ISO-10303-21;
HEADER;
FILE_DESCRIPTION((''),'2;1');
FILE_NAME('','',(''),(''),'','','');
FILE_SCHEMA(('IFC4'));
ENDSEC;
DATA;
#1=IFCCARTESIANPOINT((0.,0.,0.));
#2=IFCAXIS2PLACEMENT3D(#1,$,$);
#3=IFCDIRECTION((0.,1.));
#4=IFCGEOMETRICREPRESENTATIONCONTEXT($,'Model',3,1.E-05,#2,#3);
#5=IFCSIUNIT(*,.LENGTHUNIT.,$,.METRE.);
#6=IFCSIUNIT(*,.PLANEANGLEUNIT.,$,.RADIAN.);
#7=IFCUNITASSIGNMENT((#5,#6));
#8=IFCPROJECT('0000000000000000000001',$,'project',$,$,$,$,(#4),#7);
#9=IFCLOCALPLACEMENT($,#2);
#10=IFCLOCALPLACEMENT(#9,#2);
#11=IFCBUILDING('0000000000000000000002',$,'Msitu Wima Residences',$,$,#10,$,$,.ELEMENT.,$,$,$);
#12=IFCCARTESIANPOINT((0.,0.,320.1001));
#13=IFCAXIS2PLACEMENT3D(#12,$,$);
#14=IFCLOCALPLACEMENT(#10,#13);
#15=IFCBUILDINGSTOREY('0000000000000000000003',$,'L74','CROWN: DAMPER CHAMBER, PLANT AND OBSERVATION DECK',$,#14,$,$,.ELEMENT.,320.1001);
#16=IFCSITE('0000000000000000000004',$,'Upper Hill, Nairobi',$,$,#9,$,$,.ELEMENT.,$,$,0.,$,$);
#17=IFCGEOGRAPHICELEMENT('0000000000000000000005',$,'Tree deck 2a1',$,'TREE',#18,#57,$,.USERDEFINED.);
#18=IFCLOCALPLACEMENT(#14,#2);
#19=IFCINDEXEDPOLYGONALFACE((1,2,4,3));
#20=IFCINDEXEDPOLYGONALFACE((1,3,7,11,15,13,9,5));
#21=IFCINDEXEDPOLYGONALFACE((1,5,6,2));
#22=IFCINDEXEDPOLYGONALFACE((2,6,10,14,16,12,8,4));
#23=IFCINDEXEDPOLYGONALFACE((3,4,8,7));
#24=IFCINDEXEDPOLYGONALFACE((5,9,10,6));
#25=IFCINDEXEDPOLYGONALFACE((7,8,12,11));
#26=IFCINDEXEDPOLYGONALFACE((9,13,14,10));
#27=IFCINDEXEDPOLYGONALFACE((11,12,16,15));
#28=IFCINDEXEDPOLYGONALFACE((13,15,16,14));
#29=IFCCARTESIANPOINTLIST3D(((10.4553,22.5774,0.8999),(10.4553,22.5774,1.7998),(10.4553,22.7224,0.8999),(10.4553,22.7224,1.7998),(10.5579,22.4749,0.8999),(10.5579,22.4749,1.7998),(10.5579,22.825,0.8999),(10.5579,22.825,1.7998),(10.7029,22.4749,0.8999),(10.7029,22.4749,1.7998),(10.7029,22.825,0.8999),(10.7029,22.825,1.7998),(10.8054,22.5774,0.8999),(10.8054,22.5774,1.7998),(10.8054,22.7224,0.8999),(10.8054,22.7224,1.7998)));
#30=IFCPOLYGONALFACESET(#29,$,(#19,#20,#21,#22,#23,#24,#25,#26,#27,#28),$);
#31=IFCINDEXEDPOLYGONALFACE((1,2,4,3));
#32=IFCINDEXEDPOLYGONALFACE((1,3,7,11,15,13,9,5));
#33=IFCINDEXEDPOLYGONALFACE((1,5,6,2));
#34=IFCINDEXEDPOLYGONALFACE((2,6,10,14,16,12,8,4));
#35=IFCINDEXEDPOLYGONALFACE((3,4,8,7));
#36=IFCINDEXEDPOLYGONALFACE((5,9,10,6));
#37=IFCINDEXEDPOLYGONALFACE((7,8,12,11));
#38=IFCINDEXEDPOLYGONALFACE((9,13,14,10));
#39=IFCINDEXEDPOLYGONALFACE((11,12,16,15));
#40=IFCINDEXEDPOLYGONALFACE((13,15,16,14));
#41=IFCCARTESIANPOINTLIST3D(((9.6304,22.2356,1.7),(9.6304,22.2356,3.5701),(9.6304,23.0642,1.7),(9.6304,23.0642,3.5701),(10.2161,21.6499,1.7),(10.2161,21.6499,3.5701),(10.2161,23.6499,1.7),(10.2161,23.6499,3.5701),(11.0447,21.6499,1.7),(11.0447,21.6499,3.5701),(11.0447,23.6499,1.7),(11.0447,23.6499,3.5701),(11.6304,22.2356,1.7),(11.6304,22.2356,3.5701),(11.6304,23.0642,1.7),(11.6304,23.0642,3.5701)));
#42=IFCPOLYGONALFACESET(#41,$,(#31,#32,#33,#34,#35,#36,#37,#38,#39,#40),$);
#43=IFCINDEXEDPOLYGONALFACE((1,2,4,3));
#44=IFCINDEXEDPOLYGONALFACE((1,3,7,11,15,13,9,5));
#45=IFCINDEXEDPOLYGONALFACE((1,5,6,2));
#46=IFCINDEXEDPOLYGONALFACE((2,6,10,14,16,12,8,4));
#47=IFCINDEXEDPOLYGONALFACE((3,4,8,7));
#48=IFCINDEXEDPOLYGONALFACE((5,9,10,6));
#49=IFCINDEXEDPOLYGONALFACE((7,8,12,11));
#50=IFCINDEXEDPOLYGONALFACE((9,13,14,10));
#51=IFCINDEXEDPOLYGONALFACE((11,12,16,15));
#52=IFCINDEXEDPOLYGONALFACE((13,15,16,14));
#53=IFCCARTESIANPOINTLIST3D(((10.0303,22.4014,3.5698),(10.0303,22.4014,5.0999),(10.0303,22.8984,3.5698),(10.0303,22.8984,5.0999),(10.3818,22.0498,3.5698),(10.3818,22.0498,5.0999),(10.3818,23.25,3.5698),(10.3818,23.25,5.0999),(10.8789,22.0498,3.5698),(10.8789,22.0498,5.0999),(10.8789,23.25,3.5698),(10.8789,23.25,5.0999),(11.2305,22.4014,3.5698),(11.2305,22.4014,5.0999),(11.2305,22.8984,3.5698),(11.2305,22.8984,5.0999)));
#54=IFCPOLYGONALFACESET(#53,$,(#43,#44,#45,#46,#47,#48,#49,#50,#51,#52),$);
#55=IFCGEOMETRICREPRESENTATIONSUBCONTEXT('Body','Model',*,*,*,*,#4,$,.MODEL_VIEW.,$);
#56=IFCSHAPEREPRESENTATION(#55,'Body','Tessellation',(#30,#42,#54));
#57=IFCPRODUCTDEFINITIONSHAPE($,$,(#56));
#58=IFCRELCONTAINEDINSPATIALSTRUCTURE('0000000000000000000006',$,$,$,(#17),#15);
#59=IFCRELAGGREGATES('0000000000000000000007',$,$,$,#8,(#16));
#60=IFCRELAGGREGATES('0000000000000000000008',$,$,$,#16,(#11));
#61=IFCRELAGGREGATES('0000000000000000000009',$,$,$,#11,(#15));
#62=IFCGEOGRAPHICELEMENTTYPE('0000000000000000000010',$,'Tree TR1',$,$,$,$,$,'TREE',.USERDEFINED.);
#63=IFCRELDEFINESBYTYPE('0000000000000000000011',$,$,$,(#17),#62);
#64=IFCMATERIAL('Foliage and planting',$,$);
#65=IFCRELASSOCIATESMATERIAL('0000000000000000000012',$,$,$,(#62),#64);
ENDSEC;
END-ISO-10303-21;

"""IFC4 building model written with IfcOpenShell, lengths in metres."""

from ifc_helpers import new_model, si_unit, direction, frame, origin, place, context, subcontext, project, spatial, polyline, outline, extrude, material, type_object, element, save


model = new_model("IFC4")

# Units and contexts
model_context = context("Model", 3, precision=1e-05, world=origin(), true_north=direction((0.0, 1.0)))
body_context = subcontext(model_context, "Body", "Model", "MODEL_VIEW")
ifc_project = project(units=[si_unit("LENGTHUNIT", "METRE"), si_unit("PLANEANGLEUNIT", "RADIAN")], contexts=[model_context])

# Site, building, storey
site_placement = place(None, origin())
site = spatial("IfcSite", under=ifc_project, at=site_placement, Name="Upper Hill, Nairobi", CompositionType="ELEMENT", RefElevation=0.0)
building_placement = place(site_placement, origin())
building = spatial("IfcBuilding", under=site, at=building_placement, Name="Msitu Wima Residences", CompositionType="ELEMENT")
storey_placement = place(building_placement, frame((0.0, 0.0, 320.1001)))
storey = spatial("IfcBuildingStorey", under=building, at=storey_placement, Name="L74", Description="CROWN: DAMPER CHAMBER, PLANT AND OBSERVATION DECK", CompositionType="ELEMENT", Elevation=320.1001)

# Geographic element
ifc_material_1 = material(Name="Foliage and planting")
geographic_element_type = type_object("IfcGeographicElementType", Name="Tree TR1", ElementType="TREE", PredefinedType="USERDEFINED", material=ifc_material_1)
geographic_element_placement = place(storey_placement, frame((10.6304, 22.6499, 0.8999), z_axis=(0.0, 0.0, 1.0), x_axis=(1.0, 0.0, 0.0)))
element("IfcGeographicElement", 1, at=geographic_element_placement, inside=storey, type_object=geographic_element_type, Name="Tree deck 2a1", ObjectType="TREE", PredefinedType="USERDEFINED", context=body_context, shape_type="SweptSolid", body=[
    extrude(outline(polyline([(0.175, 0.0725), (0.0725, 0.175), (-0.0725, 0.175), (-0.175, 0.0725), (-0.175, -0.0725), (-0.0725, -0.175), (0.0725, -0.175), (0.175, -0.0725), (0.175, 0.0725)])), origin(), (0.0, 0.0, 1.0), 0.8999),
    extrude(outline(polyline([(1.0, 0.4143), (0.4143, 1.0), (-0.4143, 1.0), (-1.0, 0.4143), (-1.0, -0.4143), (-0.4143, -1.0), (0.4143, -1.0), (1.0, -0.4143), (1.0, 0.4143)])), frame((0.0, 0.0, 0.8)), (0.0, 0.0, 1.0), 1.8701),
    extrude(outline(polyline([(0.6001, 0.2485), (0.2485, 0.6001), (-0.2485, 0.6001), (-0.6001, 0.2485), (-0.6001, -0.2485), (-0.2485, -0.6001), (0.2485, -0.6001), (0.6001, -0.2485), (0.6001, 0.2485)])), frame((0.0, 0.0, 2.6699)), (0.0, 0.0, 1.0), 1.53),
])

save(model, "model.ifc")
